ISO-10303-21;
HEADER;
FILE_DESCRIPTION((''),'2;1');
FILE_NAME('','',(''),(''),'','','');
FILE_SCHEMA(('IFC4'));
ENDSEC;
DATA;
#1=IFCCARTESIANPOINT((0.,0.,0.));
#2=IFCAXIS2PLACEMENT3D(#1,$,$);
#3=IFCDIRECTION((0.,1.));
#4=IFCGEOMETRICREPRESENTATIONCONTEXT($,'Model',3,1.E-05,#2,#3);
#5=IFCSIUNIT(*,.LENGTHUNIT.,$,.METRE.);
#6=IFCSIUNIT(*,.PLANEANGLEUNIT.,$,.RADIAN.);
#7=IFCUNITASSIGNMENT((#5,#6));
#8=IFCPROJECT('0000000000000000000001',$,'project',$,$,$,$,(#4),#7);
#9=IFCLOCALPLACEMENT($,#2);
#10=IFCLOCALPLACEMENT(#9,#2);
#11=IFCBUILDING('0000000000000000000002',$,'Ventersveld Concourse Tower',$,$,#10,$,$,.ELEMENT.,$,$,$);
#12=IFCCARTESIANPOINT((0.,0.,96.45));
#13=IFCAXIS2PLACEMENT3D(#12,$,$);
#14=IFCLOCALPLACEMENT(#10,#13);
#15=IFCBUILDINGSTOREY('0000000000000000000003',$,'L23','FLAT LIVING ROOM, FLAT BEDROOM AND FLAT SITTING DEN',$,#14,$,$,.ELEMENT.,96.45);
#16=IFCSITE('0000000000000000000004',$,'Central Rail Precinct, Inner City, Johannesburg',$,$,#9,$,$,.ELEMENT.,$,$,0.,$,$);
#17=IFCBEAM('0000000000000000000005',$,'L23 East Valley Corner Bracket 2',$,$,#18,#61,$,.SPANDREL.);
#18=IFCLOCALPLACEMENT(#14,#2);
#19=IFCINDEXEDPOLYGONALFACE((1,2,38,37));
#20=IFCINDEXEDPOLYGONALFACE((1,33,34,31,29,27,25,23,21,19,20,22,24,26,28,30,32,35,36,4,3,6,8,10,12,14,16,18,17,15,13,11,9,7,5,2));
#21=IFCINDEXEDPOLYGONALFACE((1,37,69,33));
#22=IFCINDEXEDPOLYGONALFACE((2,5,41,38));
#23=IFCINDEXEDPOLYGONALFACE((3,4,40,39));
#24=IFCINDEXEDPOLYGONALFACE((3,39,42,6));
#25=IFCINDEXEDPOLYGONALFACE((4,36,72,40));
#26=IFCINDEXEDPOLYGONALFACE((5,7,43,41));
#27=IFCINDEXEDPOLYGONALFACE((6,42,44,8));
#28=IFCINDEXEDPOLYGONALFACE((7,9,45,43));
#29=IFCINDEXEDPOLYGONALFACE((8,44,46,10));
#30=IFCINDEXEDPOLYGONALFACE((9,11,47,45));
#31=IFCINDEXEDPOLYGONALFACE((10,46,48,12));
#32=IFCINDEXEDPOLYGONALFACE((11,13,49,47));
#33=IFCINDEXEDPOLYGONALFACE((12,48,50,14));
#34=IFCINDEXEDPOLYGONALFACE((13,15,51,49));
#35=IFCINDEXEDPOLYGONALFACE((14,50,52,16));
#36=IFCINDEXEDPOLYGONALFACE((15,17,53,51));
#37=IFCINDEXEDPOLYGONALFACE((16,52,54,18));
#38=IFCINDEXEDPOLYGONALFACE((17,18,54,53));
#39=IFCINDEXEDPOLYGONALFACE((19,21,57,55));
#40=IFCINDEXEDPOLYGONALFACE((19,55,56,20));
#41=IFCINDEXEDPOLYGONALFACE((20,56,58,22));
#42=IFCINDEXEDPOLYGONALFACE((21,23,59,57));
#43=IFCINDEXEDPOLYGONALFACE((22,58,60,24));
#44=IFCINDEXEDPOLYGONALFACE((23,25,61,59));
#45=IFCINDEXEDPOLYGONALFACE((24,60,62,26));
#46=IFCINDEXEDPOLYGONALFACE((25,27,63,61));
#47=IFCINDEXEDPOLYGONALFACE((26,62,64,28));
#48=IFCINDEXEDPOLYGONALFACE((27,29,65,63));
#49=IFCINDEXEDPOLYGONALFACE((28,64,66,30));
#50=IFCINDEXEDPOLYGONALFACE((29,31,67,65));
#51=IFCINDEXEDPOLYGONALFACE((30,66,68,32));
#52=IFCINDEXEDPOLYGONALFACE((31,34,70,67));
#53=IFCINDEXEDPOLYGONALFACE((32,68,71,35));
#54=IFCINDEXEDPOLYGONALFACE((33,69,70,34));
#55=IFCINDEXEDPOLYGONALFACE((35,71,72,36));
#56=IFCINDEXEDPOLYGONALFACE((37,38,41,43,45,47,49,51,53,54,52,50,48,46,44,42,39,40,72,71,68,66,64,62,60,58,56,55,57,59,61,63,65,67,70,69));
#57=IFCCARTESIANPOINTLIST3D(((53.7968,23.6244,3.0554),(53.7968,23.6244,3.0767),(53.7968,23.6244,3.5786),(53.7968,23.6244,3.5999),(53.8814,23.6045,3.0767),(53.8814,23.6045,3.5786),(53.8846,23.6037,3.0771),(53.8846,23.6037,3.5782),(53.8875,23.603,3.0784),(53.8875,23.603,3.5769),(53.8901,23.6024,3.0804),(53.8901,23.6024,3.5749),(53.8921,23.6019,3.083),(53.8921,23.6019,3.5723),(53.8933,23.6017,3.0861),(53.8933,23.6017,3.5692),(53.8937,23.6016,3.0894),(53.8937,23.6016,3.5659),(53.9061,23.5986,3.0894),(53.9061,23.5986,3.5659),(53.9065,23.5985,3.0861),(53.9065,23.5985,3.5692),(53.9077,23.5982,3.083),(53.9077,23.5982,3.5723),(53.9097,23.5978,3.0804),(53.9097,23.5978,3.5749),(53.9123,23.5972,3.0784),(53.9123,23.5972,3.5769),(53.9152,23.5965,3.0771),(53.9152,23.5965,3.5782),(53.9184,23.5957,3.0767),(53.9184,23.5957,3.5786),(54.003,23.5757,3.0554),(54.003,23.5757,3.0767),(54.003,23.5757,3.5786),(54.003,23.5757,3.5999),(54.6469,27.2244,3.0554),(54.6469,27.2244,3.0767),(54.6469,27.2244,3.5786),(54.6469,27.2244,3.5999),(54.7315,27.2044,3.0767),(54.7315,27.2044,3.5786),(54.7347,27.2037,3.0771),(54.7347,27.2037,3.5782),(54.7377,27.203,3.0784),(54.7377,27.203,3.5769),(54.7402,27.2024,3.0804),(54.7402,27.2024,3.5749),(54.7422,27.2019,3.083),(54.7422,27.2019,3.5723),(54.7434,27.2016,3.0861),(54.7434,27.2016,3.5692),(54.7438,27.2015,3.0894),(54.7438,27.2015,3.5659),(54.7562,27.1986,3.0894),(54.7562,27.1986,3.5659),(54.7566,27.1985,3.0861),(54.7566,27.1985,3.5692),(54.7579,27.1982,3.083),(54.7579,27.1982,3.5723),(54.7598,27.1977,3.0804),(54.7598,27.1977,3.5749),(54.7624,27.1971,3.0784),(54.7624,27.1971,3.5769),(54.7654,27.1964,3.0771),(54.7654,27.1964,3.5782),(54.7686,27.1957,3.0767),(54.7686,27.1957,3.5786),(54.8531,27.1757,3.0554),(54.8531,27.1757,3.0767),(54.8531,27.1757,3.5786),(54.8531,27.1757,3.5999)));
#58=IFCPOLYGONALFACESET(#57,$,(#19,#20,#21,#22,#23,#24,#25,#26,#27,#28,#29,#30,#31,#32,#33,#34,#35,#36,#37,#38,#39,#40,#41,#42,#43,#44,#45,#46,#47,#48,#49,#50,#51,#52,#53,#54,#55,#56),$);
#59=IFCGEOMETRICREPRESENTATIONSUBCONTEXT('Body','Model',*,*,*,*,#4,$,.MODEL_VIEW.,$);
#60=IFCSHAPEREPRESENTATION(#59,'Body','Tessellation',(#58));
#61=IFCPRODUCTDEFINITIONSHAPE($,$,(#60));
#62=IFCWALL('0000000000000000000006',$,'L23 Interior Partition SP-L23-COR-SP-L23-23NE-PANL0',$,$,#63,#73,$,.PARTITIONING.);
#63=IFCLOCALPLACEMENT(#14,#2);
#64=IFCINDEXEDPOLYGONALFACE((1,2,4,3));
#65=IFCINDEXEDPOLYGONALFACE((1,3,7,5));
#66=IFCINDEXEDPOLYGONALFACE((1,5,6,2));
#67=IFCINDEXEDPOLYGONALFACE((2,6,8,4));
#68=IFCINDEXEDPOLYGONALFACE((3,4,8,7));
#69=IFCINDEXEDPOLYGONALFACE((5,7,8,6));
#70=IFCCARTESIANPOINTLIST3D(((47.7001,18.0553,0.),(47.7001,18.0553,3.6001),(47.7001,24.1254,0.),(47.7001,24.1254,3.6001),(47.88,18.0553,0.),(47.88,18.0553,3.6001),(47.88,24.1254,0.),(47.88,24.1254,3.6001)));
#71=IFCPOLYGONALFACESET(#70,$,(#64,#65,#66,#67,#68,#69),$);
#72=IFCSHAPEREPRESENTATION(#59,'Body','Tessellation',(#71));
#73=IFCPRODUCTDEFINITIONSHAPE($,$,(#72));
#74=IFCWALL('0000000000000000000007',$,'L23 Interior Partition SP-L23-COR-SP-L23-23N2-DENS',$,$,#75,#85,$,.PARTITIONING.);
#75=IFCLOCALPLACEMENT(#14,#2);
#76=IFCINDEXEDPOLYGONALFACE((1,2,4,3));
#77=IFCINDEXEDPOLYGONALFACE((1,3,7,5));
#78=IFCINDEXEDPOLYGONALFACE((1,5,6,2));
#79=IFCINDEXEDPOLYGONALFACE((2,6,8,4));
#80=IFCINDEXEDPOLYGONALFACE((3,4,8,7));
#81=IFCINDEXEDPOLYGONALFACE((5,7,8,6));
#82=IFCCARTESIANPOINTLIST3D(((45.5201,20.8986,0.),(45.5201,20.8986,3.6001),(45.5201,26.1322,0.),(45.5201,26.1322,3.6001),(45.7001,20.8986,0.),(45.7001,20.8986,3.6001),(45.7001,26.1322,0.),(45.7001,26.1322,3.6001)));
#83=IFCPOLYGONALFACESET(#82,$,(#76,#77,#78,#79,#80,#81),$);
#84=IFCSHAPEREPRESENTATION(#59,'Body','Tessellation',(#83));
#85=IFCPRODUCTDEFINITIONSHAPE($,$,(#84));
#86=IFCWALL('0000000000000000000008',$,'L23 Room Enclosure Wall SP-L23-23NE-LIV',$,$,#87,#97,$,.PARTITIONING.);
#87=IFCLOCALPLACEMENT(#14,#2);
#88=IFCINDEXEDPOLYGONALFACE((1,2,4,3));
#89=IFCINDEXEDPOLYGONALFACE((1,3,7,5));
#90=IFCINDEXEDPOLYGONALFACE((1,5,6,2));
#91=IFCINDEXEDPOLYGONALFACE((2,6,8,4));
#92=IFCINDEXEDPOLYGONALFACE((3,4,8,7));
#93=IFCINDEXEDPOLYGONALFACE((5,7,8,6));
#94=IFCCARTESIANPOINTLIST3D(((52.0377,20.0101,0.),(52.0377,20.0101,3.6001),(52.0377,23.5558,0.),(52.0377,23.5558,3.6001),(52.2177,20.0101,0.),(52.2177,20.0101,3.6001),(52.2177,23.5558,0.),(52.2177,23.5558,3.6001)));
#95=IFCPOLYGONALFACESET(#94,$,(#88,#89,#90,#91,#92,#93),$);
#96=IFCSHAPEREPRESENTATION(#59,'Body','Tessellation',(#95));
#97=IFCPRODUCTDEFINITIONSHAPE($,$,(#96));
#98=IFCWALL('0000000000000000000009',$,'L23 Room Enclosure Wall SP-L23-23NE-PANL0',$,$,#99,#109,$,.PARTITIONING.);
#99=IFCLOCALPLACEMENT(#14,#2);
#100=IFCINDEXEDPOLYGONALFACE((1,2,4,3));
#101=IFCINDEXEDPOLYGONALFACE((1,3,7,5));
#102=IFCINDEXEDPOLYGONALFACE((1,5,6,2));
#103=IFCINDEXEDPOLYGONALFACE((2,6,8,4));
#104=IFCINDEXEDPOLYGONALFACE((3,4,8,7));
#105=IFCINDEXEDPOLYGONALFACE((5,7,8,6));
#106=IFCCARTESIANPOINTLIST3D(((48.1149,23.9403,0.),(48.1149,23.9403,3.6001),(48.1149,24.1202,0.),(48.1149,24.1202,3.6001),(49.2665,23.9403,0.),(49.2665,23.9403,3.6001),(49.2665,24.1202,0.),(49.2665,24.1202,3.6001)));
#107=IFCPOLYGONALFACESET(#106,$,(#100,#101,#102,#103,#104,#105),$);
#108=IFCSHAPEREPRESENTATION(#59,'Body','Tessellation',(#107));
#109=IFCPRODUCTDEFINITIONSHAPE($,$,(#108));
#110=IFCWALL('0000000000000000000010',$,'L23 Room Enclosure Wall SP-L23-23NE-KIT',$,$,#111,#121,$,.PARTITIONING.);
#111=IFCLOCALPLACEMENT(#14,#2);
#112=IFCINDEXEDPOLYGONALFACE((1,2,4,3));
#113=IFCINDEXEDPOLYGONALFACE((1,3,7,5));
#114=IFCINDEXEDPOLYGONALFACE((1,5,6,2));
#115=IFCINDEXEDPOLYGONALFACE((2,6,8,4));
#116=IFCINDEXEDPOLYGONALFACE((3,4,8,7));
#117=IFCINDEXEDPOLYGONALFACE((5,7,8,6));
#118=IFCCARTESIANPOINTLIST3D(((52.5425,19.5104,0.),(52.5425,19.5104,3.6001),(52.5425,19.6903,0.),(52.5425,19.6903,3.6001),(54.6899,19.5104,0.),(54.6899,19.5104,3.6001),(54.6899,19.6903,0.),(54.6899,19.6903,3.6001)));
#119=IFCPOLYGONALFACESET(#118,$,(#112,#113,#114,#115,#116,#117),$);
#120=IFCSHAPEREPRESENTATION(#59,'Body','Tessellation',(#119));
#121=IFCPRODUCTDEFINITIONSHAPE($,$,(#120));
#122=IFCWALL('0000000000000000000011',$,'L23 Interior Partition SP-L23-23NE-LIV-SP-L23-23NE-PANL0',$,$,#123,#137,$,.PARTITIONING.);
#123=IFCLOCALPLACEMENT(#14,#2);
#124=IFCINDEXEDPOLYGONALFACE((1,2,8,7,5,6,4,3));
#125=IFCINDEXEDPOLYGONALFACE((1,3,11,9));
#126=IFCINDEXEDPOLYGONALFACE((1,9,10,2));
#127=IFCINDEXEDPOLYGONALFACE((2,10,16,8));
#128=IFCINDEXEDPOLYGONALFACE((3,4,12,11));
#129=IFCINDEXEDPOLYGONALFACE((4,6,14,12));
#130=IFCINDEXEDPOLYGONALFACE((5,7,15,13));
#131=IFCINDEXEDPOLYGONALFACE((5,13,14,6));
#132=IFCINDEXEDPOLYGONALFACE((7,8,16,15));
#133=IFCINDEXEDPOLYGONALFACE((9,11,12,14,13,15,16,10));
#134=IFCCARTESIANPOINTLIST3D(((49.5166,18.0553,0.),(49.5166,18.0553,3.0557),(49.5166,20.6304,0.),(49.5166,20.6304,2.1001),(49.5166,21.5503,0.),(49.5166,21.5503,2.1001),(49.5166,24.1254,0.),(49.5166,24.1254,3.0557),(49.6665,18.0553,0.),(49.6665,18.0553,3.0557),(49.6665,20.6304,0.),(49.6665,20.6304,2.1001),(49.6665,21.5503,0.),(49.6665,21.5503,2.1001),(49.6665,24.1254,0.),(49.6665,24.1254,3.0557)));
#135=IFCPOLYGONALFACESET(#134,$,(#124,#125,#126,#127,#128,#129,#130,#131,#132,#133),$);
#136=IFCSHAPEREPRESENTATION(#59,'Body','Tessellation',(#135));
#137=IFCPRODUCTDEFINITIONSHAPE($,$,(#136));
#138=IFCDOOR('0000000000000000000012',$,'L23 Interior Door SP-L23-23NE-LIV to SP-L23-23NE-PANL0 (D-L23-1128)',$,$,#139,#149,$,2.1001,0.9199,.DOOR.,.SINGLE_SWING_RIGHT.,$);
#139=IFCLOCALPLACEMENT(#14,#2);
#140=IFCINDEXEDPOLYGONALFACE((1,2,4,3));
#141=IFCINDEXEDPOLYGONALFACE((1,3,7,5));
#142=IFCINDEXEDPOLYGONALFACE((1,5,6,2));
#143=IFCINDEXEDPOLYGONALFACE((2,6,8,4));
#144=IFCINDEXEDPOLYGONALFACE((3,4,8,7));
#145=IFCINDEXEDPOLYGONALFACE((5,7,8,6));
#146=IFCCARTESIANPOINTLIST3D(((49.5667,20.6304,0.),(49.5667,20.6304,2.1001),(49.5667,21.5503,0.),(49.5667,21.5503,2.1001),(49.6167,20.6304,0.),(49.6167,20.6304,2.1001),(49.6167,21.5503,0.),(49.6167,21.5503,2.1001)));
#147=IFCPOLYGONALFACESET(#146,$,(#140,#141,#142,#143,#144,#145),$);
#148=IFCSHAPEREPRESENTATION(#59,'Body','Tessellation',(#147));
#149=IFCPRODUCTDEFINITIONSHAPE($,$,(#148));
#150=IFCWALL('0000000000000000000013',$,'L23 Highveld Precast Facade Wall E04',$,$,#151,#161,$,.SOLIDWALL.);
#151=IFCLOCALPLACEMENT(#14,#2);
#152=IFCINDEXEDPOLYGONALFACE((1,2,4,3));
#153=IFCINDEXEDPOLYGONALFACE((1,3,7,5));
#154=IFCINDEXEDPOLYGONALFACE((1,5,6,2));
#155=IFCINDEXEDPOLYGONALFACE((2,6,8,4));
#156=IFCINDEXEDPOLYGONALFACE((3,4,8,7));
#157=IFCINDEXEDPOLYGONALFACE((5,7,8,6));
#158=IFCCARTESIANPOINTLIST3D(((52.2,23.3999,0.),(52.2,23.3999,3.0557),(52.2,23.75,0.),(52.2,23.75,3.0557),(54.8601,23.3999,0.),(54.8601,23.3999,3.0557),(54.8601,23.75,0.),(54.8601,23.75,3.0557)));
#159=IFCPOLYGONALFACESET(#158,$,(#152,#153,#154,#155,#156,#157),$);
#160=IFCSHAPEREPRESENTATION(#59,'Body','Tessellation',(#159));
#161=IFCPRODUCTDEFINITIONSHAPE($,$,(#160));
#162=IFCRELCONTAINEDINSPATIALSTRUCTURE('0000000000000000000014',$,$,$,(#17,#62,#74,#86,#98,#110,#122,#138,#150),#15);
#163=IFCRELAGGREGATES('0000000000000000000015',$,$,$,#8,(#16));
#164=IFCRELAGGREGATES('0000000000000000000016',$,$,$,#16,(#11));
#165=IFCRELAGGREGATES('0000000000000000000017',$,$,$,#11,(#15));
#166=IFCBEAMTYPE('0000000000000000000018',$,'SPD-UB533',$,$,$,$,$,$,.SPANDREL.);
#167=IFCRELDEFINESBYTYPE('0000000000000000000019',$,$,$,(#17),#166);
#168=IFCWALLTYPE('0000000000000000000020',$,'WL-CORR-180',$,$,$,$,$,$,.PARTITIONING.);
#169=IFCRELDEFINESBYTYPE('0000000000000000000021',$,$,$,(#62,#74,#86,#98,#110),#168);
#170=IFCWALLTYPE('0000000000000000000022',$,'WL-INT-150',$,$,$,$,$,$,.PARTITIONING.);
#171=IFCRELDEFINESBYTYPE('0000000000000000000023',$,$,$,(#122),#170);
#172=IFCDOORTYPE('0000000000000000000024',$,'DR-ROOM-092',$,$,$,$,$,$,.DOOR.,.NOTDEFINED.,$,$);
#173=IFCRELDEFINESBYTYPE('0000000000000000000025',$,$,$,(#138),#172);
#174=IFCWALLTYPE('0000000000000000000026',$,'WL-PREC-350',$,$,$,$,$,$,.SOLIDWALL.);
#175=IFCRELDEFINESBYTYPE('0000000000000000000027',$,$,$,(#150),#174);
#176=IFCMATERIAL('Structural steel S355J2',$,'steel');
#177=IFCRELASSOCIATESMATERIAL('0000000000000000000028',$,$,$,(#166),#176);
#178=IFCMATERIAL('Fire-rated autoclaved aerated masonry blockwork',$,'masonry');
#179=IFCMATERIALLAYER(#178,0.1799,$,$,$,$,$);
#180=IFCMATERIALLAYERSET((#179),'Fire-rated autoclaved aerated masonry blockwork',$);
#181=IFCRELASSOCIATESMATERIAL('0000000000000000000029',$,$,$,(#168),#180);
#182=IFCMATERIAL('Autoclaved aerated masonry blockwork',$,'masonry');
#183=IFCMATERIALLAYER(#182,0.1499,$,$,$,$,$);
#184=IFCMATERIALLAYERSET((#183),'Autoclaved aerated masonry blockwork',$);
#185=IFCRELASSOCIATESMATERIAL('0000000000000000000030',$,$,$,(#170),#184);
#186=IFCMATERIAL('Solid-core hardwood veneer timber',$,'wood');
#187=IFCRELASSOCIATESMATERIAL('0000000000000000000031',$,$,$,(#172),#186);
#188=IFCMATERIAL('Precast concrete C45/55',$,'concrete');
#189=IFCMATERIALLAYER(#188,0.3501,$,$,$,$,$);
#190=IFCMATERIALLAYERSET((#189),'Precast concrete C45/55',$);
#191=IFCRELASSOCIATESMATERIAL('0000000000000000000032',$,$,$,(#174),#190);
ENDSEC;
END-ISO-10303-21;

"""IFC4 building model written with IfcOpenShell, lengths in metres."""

from ifc_helpers import new_model, si_unit, direction, frame, frame_2d, origin, origin_2d, place, context, subcontext, project, spatial, rectangle, i_section, extrude, material, layer, layer_set, material_profile, profile_set, type_object, element, fill, save


model = new_model("IFC4")

# Units and contexts
model_context = context("Model", 3, precision=1e-05, world=origin(), true_north=direction((0.0, 1.0)))
body_context = subcontext(model_context, "Body", "Model", "MODEL_VIEW")
ifc_project = project(units=[si_unit("LENGTHUNIT", "METRE"), si_unit("PLANEANGLEUNIT", "RADIAN")], contexts=[model_context])

# Site, building, storey
site_placement = place(None, origin())
site = spatial("IfcSite", under=ifc_project, at=site_placement, Name="Central Rail Precinct, Inner City, Johannesburg", CompositionType="ELEMENT", RefElevation=0.0)
building_placement = place(site_placement, origin())
building = spatial("IfcBuilding", under=site, at=building_placement, Name="Ventersveld Concourse Tower", CompositionType="ELEMENT")
storey_placement = place(building_placement, frame((0.0, 0.0, 96.45)))
storey = spatial("IfcBuildingStorey", under=building, at=storey_placement, Name="L23", Description="FLAT LIVING ROOM, FLAT BEDROOM AND FLAT SITTING DEN", CompositionType="ELEMENT", Elevation=96.45)

# Beam
ifc_material_1 = material(Name="Structural steel S355J2", Category="steel")
ifc_material_profile_1 = material_profile(ifc_material_1, i_section(OverallWidth=0.2119, OverallDepth=0.5444, WebThickness=0.0127, FlangeThickness=0.0212, FilletRadius=0.0127, at=origin_2d()), Name="UB 533x210x122")
ifc_profile_set_1 = profile_set([ifc_material_profile_1], Name="Structural steel S355J2")
beam_type_1 = type_object("IfcBeamType", Name="SPD-UB533", PredefinedType="SPANDREL", material=ifc_profile_set_1)
beam_1_placement = place(storey_placement, frame((53.8999, 23.6001, 3.3276), z_axis=(0.229827, 0.973232, 0.0), x_axis=(-0.973232, 0.229827, 0.0)))
element("IfcBeam", 1, at=beam_1_placement, inside=storey, type_object=beam_type_1, Name="L23 East Valley Corner Bracket 2", PredefinedType="SPANDREL", context=body_context, shape_type="SweptSolid", body=[
    extrude(i_section(OverallWidth=0.2119, OverallDepth=0.5444, WebThickness=0.0127, FlangeThickness=0.0212, FilletRadius=0.0127, at=origin_2d()), origin(), (0.0, 0.0, 1.0), 3.699),
])

# Walls
ifc_material_2 = material(Name="Fire-rated autoclaved aerated masonry blockwork", Category="masonry")
ifc_layer_1 = layer(ifc_material_2, 0.1799)
ifc_layer_set_1 = layer_set([ifc_layer_1], Name="Fire-rated autoclaved aerated masonry blockwork")
wall_type_1 = type_object("IfcWallType", Name="WL-CORR-180", PredefinedType="PARTITIONING", material=ifc_layer_set_1)
wall_1_placement = place(storey_placement, frame((47.79, 18.0552, 0.0), z_axis=(0.0, 0.0, 1.0), x_axis=(0.0, 1.0, 0.0)))
element("IfcWall", 2, at=wall_1_placement, inside=storey, type_object=wall_type_1, Name="L23 Interior Partition SP-L23-COR-SP-L23-23NE-PANL0", PredefinedType="PARTITIONING", context=body_context, shape_type="SweptSolid", body=[
    extrude(rectangle(XDim=6.0701, YDim=0.1799, at=frame_2d((3.0352, 0.0))), origin(), (0.0, 0.0, 1.0), 3.6001),
])
wall_2_placement = place(storey_placement, frame((45.6101, 20.8987, 0.0), z_axis=(0.0, 0.0, 1.0), x_axis=(0.0, 1.0, 0.0)))
element("IfcWall", 3, at=wall_2_placement, inside=storey, type_object=wall_type_1, Name="L23 Interior Partition SP-L23-COR-SP-L23-23N2-DENS", PredefinedType="PARTITIONING", context=body_context, shape_type="SweptSolid", body=[
    extrude(rectangle(XDim=5.2336, YDim=0.1799, at=frame_2d((2.6167, 0.0))), origin(), (0.0, 0.0, 1.0), 3.6001),
])
wall_3_placement = place(storey_placement, frame((52.1277, 23.5559, 0.0), z_axis=(0.0, 0.0, 1.0), x_axis=(0.0, -1.0, 0.0)))
element("IfcWall", 4, at=wall_3_placement, inside=storey, type_object=wall_type_1, Name="L23 Room Enclosure Wall SP-L23-23NE-LIV", PredefinedType="PARTITIONING", context=body_context, shape_type="SweptSolid", body=[
    extrude(rectangle(XDim=3.5457, YDim=0.1799, at=frame_2d((1.7729, 0.0))), origin(), (0.0, 0.0, 1.0), 3.6001),
])
wall_4_placement = place(storey_placement, frame((48.115, 24.0303, 0.0), z_axis=(0.0, 0.0, 1.0), x_axis=(1.0, 0.0, 0.0)))
element("IfcWall", 5, at=wall_4_placement, inside=storey, type_object=wall_type_1, Name="L23 Room Enclosure Wall SP-L23-23NE-PANL0", PredefinedType="PARTITIONING", context=body_context, shape_type="SweptSolid", body=[
    extrude(rectangle(XDim=1.1516, YDim=0.1799, at=frame_2d((0.5757, 0.0))), origin(), (0.0, 0.0, 1.0), 3.6001),
])
wall_5_placement = place(storey_placement, frame((52.5425, 19.6003, 0.0), z_axis=(0.0, 0.0, 1.0), x_axis=(1.0, 0.0, 0.0)))
element("IfcWall", 6, at=wall_5_placement, inside=storey, type_object=wall_type_1, Name="L23 Room Enclosure Wall SP-L23-23NE-KIT", PredefinedType="PARTITIONING", context=body_context, shape_type="SweptSolid", body=[
    extrude(rectangle(XDim=2.1475, YDim=0.1799, at=frame_2d((1.0737, 0.0))), origin(), (0.0, 0.0, 1.0), 3.6001),
])

# Wall, opening, door
ifc_material_3 = material(Name="Autoclaved aerated masonry blockwork", Category="masonry")
ifc_layer_2 = layer(ifc_material_3, 0.1499)
ifc_layer_set_2 = layer_set([ifc_layer_2], Name="Autoclaved aerated masonry blockwork")
wall_type_2 = type_object("IfcWallType", Name="WL-INT-150", PredefinedType="PARTITIONING", material=ifc_layer_set_2)
wall_6_placement = place(storey_placement, frame((49.5916, 18.0552, 0.0), z_axis=(0.0, 0.0, 1.0), x_axis=(0.0, 1.0, 0.0)))
wall_6 = element("IfcWall", 7, at=wall_6_placement, inside=storey, type_object=wall_type_2, Name="L23 Interior Partition SP-L23-23NE-LIV-SP-L23-23NE-PANL0", PredefinedType="PARTITIONING", context=body_context, shape_type="SweptSolid", body=[
    extrude(rectangle(XDim=6.0701, YDim=0.1499, at=frame_2d((3.0352, 0.0))), origin(), (0.0, 0.0, 1.0), 3.0557),
])
opening_1_placement = place(wall_6_placement, frame((2.5752, 0.0, 0.0)))
opening_1 = element("IfcOpeningElement", 8, at=opening_1_placement, cuts=wall_6, PredefinedType="OPENING", context=body_context, shape_type="SweptSolid", body=[
    extrude(rectangle(XDim=0.9199, YDim=2.1001, at=frame_2d((0.46, 1.05))), frame((0.0, 0.085, 0.0), z_axis=(0.0, -1.0, 0.0), x_axis=(1.0, 0.0, 0.0)), (0.0, 0.0, 1.0), 0.1699),
])
ifc_material_4 = material(Name="Solid-core hardwood veneer timber", Category="wood")
door_type_1 = type_object("IfcDoorType", Name="DR-ROOM-092", OperationType="NOTDEFINED", PredefinedType="DOOR", material=ifc_material_4)
door_1_placement = place(opening_1_placement, origin())
door_1 = element("IfcDoor", 9, at=door_1_placement, inside=storey, type_object=door_type_1, Name="L23 Interior Door SP-L23-23NE-LIV to SP-L23-23NE-PANL0 (D-L23-1128)", OperationType="SINGLE_SWING_RIGHT", OverallHeight=2.1001, OverallWidth=0.9199, PredefinedType="DOOR", context=body_context, shape_type="SweptSolid", body=[
    extrude(rectangle(XDim=0.9199, YDim=2.1001, at=frame_2d((0.46, 1.05))), frame((0.0, 0.0249, 0.0), z_axis=(0.0, -1.0, 0.0), x_axis=(1.0, 0.0, 0.0)), (0.0, 0.0, 1.0), 0.05),
])
fill(opening_1, door_1)

# Wall
ifc_material_5 = material(Name="Precast concrete C45/55", Category="concrete")
ifc_layer_3 = layer(ifc_material_5, 0.3501)
ifc_layer_set_3 = layer_set([ifc_layer_3], Name="Precast concrete C45/55")
wall_type_3 = type_object("IfcWallType", Name="WL-PREC-350", PredefinedType="SOLIDWALL", material=ifc_layer_set_3)
wall_7_placement = place(storey_placement, frame((54.8601, 23.575, 0.0), z_axis=(0.0, 0.0, 1.0), x_axis=(-1.0, 0.0, 0.0)))
element("IfcWall", 10, at=wall_7_placement, inside=storey, type_object=wall_type_3, Name="L23 Highveld Precast Facade Wall E04", PredefinedType="SOLIDWALL", context=body_context, shape_type="SweptSolid", body=[
    extrude(rectangle(XDim=2.6602, YDim=0.3501, at=frame_2d((1.3301, 0.0))), origin(), (0.0, 0.0, 1.0), 3.0557),
])

save(model, "model.ifc")
